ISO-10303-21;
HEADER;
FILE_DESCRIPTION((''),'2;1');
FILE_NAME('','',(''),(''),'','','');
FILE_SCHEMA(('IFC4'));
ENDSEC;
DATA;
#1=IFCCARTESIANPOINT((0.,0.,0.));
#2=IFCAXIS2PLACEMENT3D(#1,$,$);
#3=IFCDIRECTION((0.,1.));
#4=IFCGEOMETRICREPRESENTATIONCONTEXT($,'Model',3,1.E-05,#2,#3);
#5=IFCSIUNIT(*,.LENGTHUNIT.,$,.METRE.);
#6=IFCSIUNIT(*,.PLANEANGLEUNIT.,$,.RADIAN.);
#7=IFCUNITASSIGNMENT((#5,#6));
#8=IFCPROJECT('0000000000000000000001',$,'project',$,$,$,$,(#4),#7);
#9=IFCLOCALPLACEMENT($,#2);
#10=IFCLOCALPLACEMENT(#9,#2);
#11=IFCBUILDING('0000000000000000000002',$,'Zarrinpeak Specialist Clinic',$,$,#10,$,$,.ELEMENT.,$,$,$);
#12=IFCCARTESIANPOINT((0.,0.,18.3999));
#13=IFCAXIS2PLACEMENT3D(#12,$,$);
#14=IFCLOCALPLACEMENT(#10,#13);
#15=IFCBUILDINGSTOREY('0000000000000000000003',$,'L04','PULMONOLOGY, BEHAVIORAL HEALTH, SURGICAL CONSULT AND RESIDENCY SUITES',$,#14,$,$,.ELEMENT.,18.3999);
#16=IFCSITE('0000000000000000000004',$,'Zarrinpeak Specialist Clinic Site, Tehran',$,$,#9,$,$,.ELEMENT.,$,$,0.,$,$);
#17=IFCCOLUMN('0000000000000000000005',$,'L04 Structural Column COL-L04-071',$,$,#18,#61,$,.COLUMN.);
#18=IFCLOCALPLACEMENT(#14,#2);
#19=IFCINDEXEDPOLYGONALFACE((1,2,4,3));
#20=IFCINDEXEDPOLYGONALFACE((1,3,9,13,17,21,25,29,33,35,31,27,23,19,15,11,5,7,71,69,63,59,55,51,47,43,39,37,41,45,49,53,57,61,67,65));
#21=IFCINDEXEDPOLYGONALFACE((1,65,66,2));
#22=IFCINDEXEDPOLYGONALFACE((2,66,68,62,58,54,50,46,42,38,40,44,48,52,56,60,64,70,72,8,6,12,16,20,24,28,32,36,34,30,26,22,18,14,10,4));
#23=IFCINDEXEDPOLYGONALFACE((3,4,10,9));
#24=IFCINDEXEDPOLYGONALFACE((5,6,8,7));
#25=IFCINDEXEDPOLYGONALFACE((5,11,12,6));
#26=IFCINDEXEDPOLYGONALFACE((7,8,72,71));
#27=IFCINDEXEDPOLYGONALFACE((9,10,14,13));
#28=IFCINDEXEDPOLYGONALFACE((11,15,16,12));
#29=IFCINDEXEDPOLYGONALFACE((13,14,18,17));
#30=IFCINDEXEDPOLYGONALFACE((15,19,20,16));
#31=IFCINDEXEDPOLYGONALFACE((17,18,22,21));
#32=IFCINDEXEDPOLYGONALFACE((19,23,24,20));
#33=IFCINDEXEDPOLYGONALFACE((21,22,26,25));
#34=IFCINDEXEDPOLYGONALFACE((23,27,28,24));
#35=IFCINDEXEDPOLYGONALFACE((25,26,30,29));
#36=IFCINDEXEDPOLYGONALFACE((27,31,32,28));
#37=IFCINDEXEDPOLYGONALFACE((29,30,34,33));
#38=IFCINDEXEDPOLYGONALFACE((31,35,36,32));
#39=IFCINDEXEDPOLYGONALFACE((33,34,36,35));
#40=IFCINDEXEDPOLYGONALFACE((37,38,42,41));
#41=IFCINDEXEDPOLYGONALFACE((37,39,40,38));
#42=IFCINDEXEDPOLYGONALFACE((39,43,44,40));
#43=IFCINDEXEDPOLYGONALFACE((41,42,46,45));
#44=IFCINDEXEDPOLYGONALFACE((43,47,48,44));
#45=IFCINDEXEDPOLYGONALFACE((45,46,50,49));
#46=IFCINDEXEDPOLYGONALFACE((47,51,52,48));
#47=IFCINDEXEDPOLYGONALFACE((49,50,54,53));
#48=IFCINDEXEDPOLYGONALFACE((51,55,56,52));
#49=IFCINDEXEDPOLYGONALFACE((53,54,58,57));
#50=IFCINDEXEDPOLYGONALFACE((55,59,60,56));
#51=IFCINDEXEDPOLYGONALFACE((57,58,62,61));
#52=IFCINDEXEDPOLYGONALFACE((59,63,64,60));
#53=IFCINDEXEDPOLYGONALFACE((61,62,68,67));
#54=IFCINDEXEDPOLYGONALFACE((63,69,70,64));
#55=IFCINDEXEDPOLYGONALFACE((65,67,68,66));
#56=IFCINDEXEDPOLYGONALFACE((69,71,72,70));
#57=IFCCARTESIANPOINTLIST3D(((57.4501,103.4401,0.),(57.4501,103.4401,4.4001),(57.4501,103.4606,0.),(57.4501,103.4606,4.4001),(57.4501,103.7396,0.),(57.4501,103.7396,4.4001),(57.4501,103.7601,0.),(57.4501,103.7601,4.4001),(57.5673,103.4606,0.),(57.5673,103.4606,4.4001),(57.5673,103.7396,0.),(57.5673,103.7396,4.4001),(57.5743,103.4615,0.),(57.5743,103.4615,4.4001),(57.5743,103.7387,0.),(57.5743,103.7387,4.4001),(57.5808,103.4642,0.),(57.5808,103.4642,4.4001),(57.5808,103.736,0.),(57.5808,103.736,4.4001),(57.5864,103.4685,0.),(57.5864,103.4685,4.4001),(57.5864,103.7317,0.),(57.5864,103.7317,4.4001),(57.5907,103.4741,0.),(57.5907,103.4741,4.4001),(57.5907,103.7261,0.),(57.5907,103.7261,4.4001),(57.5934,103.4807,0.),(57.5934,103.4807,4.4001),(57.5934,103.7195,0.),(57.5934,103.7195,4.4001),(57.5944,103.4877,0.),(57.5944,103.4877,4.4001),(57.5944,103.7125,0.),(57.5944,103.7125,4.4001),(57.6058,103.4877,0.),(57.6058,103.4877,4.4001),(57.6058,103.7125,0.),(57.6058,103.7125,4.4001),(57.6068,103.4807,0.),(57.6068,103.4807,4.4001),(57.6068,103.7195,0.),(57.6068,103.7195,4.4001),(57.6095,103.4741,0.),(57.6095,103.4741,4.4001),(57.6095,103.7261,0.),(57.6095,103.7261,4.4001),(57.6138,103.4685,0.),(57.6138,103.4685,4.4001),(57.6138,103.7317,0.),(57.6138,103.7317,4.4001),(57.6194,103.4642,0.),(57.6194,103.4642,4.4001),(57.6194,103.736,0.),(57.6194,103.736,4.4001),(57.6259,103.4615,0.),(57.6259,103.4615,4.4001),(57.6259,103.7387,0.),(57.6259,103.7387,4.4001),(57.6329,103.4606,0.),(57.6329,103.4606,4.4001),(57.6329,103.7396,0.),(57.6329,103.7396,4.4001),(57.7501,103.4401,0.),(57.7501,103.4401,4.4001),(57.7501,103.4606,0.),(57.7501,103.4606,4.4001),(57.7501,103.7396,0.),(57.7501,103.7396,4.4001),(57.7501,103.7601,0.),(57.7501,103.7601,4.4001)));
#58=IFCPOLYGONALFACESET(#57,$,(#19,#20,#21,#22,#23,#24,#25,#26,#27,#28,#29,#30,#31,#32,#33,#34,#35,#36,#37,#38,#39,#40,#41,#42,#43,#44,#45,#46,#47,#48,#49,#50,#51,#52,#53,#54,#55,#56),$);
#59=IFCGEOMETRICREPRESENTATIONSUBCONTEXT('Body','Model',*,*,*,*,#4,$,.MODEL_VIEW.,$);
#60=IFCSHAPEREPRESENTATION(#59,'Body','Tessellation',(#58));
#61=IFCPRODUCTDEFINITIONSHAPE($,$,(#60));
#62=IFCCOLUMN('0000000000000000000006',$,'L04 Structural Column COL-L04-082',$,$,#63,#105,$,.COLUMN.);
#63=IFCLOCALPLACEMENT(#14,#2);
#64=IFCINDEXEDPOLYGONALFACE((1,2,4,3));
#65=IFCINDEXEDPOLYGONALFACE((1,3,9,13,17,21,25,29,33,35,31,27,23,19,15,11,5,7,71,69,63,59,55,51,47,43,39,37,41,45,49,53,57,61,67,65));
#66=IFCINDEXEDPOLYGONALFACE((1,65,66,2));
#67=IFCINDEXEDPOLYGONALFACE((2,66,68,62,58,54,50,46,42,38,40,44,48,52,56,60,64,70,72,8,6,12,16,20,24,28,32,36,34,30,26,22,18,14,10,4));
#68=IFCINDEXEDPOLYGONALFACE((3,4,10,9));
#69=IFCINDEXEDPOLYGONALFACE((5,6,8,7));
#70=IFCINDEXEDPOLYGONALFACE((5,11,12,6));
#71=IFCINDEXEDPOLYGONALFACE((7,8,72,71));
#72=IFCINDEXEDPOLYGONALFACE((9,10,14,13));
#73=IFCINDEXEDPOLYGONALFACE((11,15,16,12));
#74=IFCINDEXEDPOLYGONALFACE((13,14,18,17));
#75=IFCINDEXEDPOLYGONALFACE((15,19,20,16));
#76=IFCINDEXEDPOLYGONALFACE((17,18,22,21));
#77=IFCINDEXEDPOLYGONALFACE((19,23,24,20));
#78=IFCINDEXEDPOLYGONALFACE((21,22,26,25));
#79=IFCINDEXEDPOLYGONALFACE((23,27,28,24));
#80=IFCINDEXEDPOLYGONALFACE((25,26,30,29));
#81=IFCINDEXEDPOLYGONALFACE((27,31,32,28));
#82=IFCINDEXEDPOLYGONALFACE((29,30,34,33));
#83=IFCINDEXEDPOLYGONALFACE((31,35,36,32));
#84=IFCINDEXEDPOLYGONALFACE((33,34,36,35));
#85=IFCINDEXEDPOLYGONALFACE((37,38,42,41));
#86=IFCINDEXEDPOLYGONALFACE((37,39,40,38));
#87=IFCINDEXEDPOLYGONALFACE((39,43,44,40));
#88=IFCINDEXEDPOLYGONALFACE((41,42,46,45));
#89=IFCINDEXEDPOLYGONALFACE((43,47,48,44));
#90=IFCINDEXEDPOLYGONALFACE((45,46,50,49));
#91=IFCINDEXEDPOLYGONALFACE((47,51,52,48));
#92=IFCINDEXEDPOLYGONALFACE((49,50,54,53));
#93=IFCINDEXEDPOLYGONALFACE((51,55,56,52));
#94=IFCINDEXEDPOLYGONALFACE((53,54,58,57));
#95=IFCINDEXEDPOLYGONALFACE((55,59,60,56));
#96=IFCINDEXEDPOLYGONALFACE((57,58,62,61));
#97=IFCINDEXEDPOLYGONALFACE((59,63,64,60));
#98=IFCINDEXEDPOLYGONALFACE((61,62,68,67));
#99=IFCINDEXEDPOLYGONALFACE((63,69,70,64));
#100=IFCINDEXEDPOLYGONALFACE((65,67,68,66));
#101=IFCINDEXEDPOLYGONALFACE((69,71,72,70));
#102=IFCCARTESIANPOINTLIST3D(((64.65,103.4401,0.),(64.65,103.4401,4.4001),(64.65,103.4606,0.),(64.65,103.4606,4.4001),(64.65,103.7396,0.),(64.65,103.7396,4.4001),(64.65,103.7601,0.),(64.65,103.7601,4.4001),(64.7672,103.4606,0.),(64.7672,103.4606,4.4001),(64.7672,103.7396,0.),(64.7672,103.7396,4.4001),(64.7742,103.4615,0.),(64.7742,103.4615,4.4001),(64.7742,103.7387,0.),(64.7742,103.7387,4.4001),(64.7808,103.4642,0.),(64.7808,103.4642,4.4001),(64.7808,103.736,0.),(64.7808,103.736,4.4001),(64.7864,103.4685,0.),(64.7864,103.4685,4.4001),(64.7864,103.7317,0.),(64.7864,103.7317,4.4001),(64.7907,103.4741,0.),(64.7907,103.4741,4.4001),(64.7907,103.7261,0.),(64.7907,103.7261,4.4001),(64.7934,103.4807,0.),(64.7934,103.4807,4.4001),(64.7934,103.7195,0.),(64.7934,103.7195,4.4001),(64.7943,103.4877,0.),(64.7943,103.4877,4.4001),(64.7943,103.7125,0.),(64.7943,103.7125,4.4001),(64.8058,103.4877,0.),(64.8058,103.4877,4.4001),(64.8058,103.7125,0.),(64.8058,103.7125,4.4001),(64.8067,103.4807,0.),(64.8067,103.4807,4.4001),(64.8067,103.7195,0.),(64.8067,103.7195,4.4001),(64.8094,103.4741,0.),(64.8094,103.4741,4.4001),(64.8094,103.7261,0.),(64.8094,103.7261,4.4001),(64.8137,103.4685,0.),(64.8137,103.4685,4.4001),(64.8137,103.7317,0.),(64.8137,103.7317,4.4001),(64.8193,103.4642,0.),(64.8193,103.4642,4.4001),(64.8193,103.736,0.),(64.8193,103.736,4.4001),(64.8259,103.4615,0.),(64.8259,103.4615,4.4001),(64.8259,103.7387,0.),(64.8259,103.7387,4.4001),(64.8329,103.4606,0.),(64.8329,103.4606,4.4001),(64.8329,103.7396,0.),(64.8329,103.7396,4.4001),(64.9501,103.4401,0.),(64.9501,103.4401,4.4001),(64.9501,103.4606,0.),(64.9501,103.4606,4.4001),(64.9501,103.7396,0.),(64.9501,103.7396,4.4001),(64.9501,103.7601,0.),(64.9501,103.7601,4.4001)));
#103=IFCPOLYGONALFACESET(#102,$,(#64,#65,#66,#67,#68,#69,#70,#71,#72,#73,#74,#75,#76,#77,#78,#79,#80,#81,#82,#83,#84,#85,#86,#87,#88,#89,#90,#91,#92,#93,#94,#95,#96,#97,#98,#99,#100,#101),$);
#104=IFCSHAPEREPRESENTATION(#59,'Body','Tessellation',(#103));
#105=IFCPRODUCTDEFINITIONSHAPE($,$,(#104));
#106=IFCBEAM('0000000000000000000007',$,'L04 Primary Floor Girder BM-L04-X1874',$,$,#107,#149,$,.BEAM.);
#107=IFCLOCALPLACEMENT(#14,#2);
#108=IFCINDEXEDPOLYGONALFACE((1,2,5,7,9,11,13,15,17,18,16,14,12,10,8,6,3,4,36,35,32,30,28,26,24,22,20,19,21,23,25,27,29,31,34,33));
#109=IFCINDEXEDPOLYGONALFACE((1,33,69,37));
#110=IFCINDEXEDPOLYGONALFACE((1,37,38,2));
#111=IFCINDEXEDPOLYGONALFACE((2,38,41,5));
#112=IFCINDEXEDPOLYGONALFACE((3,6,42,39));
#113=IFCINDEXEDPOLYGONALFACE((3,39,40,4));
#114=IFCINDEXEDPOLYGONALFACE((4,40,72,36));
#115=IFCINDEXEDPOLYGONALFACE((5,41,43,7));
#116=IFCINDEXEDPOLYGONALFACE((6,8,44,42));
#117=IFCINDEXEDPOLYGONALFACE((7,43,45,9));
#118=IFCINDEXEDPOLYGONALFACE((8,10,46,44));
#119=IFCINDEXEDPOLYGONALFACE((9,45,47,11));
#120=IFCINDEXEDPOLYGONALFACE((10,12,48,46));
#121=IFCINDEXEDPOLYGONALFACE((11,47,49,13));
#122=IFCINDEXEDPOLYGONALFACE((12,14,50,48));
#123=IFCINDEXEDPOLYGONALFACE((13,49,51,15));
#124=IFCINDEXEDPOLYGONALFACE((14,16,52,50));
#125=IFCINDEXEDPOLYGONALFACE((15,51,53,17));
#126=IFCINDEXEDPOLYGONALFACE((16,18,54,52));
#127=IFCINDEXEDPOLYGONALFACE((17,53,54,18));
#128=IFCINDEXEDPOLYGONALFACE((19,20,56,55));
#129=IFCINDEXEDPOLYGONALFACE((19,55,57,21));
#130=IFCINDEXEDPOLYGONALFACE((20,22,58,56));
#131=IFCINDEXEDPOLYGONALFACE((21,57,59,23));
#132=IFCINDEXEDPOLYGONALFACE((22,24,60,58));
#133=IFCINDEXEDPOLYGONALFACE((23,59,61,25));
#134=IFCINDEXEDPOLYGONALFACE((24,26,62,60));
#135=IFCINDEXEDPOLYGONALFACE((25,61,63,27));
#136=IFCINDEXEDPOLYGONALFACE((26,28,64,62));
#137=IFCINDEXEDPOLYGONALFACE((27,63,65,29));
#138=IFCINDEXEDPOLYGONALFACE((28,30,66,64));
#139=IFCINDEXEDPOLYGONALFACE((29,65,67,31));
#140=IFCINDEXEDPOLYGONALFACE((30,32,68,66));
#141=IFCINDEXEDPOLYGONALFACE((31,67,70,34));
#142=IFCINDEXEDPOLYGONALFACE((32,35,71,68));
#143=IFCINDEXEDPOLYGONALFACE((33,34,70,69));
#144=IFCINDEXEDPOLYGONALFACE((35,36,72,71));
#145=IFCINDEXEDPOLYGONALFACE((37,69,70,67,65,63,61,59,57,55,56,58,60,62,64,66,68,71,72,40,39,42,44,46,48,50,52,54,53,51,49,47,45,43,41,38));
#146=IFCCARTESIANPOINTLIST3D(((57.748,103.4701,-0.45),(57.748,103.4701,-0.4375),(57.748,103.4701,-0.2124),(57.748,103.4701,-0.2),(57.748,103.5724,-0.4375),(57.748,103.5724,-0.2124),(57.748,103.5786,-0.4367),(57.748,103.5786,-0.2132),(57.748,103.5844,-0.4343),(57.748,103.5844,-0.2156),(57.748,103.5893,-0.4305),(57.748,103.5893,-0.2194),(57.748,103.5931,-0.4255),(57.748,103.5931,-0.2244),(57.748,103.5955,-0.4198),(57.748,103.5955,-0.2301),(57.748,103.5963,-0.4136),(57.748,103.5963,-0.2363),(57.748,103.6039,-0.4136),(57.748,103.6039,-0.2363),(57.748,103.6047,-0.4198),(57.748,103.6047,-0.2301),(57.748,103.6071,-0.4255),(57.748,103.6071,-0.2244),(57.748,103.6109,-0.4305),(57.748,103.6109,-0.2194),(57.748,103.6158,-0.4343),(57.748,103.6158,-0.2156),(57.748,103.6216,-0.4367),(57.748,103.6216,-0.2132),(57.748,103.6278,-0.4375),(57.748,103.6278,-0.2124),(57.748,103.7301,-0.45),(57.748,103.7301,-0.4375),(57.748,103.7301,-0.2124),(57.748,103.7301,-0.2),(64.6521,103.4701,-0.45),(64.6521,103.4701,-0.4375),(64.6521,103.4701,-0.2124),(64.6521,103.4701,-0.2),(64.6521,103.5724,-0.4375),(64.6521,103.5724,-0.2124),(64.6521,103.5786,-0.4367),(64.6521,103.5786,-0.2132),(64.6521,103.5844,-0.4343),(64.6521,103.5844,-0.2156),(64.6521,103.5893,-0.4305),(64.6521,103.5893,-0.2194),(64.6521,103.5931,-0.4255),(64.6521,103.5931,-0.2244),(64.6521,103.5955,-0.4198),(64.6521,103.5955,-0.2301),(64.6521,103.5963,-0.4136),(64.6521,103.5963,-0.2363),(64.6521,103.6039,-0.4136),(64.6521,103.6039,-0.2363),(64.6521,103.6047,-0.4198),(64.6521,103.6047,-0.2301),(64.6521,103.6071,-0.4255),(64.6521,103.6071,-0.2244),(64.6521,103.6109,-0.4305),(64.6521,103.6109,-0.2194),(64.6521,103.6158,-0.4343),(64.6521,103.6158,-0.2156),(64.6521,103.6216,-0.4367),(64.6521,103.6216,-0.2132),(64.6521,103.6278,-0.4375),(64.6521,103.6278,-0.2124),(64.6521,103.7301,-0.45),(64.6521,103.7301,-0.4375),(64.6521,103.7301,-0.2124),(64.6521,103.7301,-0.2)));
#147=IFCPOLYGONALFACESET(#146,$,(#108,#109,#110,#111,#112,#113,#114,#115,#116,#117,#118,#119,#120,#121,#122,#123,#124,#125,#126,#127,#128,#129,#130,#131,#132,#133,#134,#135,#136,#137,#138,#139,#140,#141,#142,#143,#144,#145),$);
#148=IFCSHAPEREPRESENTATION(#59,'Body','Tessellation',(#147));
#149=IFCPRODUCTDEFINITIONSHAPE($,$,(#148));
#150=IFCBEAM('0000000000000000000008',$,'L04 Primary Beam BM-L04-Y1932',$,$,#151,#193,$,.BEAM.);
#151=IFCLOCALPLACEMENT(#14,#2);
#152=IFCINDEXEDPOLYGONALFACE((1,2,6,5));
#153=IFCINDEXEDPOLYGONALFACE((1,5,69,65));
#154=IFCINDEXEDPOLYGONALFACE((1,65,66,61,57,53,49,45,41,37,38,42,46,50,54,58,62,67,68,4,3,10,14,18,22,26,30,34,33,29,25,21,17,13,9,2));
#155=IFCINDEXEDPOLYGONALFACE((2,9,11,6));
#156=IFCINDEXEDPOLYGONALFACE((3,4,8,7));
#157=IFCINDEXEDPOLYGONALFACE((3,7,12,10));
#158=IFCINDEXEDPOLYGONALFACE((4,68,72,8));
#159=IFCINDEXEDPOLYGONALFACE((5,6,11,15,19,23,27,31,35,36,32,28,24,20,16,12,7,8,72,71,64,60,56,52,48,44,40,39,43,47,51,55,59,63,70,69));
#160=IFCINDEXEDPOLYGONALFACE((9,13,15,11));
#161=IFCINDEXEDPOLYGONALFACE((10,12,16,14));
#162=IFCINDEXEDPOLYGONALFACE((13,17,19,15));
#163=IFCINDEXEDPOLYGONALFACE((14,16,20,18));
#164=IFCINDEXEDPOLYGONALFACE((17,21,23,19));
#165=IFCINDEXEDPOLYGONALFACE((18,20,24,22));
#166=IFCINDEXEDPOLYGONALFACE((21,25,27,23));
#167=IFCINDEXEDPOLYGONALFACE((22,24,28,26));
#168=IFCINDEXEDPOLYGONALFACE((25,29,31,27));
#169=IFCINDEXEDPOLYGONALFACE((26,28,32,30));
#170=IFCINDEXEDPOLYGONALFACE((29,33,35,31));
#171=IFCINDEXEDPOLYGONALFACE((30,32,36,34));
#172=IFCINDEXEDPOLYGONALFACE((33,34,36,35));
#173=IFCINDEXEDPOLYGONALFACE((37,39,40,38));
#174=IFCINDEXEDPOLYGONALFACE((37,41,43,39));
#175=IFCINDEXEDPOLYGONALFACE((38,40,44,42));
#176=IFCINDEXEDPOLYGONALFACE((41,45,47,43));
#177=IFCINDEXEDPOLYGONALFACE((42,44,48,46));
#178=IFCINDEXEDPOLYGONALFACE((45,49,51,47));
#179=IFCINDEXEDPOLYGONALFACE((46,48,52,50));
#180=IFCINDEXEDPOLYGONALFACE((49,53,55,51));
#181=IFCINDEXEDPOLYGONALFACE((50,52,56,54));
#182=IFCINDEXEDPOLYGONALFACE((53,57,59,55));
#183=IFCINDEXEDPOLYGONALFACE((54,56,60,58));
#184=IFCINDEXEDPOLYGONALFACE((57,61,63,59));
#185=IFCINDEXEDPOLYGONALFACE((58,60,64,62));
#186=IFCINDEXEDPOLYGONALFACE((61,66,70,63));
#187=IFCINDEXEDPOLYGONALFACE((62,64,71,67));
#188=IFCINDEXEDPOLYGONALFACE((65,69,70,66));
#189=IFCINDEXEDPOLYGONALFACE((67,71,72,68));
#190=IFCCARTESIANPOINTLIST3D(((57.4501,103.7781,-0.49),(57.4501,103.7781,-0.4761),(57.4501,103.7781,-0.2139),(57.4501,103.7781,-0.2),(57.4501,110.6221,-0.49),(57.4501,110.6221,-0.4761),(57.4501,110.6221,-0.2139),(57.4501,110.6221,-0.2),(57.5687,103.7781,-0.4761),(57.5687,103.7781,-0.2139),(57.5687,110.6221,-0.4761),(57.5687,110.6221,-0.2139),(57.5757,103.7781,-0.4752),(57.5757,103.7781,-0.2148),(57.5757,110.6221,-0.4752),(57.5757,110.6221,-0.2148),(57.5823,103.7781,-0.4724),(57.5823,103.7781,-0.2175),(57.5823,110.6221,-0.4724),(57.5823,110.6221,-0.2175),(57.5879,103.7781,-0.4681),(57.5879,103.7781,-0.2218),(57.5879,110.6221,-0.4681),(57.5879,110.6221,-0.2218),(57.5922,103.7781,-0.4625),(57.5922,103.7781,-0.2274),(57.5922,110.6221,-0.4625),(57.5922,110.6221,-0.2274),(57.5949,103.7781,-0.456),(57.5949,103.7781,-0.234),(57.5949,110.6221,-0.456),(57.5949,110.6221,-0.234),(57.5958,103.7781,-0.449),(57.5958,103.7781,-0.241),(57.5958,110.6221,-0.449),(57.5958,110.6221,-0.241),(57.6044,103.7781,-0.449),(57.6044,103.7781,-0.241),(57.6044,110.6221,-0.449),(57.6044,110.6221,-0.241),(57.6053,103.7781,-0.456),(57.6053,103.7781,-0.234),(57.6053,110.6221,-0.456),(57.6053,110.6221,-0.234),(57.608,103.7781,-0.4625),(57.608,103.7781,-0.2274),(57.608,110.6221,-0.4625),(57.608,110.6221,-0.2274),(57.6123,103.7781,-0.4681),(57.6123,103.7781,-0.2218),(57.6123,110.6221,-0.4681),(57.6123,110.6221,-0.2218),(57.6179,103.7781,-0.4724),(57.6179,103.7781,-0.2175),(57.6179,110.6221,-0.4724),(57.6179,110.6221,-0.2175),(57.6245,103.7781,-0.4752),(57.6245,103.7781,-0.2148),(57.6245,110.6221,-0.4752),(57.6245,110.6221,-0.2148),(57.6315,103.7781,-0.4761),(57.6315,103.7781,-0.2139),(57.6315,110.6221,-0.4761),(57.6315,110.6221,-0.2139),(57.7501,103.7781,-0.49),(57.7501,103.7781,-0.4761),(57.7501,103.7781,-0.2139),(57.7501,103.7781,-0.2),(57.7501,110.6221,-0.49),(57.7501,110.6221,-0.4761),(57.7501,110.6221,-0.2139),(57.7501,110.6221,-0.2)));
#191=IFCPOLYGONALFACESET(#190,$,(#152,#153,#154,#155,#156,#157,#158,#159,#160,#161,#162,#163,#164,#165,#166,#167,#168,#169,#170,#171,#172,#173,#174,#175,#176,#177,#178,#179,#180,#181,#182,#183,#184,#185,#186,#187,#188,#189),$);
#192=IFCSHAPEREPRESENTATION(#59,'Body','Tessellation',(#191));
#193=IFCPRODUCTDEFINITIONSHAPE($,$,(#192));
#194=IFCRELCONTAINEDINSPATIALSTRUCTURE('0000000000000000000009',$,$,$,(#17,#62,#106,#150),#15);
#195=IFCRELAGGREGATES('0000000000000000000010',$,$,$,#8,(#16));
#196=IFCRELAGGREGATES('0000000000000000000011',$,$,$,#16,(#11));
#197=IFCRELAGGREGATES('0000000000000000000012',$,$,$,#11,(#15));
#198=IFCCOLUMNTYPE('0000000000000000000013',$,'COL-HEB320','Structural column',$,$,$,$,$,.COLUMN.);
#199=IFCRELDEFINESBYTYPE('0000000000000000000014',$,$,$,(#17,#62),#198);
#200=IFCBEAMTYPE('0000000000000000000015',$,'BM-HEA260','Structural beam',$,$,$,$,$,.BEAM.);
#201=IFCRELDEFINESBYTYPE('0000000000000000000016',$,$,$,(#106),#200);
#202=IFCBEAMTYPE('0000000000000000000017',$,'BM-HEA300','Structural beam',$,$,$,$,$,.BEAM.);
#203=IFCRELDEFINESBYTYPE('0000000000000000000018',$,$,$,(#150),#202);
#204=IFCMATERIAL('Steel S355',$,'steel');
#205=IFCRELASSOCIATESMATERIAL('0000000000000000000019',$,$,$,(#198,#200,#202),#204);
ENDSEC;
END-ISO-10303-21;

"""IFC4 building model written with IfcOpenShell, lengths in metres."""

from ifc_helpers import new_model, si_unit, direction, frame, origin, origin_2d, place, context, subcontext, project, spatial, i_section, extrude, material, material_profile, profile_set, type_object, element, save


model = new_model("IFC4")

# Units and contexts
model_context = context("Model", 3, precision=1e-05, world=origin(), true_north=direction((0.0, 1.0)))
body_context = subcontext(model_context, "Body", "Model", "MODEL_VIEW")
ifc_project = project(units=[si_unit("LENGTHUNIT", "METRE"), si_unit("PLANEANGLEUNIT", "RADIAN")], contexts=[model_context])

# Site, building, storey
site_placement = place(None, origin())
site = spatial("IfcSite", under=ifc_project, at=site_placement, Name="Zarrinpeak Specialist Clinic Site, Tehran", CompositionType="ELEMENT", RefElevation=0.0)
building_placement = place(site_placement, origin())
building = spatial("IfcBuilding", under=site, at=building_placement, Name="Zarrinpeak Specialist Clinic", CompositionType="ELEMENT")
storey_placement = place(building_placement, frame((0.0, 0.0, 18.3999)))
storey = spatial("IfcBuildingStorey", under=building, at=storey_placement, Name="L04", Description="PULMONOLOGY, BEHAVIORAL HEALTH, SURGICAL CONSULT AND RESIDENCY SUITES", CompositionType="ELEMENT", Elevation=18.3999)

# Columns
ifc_material_1 = material(Name="Steel S355", Category="steel")
ifc_material_profile_1 = material_profile(ifc_material_1, i_section(OverallWidth=0.3, OverallDepth=0.3201, WebThickness=0.0115, FlangeThickness=0.0205, FilletRadius=0.0271, at=origin_2d()), Name="HEB 320")
ifc_profile_set_1 = profile_set([ifc_material_profile_1], Name="Steel S355")
column_type = type_object("IfcColumnType", Name="COL-HEB320", Description="Structural column", PredefinedType="COLUMN", material=ifc_profile_set_1)
for number, where, z_axis, x_axis, name in (
    (1, (57.6001, 103.6001, 0.0), (0.0, 0.0, 1.0), (1.0, 0.0, 0.0), "L04 Structural Column COL-L04-071"),
    (2, (64.8, 103.6001, 0.0), (0.0, 0.0, 1.0), (1.0, 0.0, 0.0), "L04 Structural Column COL-L04-082"),
):
    element("IfcColumn", number, at=place(storey_placement, frame(where, z_axis=z_axis, x_axis=x_axis)), inside=storey, type_object=column_type, Name=name, PredefinedType="COLUMN", context=body_context, shape_type="SweptSolid", body=[
        extrude(i_section(OverallWidth=0.3, OverallDepth=0.3201, WebThickness=0.0115, FlangeThickness=0.0205, FilletRadius=0.0271, at=origin_2d()), origin(), (0.0, 0.0, 1.0), 4.4001),
    ])

# Beams
ifc_material_profile_2 = material_profile(ifc_material_1, i_section(OverallWidth=0.26, OverallDepth=0.25, WebThickness=0.0076, FlangeThickness=0.0125, FilletRadius=0.0239, at=origin_2d()), Name="HEA 260")
ifc_profile_set_2 = profile_set([ifc_material_profile_2], Name="Steel S355")
beam_type_1 = type_object("IfcBeamType", Name="BM-HEA260", Description="Structural beam", PredefinedType="BEAM", material=ifc_profile_set_2)
beam_1_placement = place(storey_placement, frame((57.748, 103.6001, -0.325), z_axis=(1.0, 0.0, 0.0), x_axis=(0.0, 1.0, 0.0)))
element("IfcBeam", 3, at=beam_1_placement, inside=storey, type_object=beam_type_1, Name="L04 Primary Floor Girder BM-L04-X1874", PredefinedType="BEAM", context=body_context, shape_type="SweptSolid", body=[
    extrude(i_section(OverallWidth=0.26, OverallDepth=0.25, WebThickness=0.0076, FlangeThickness=0.0125, FilletRadius=0.0239, at=origin_2d()), origin(), (0.0, 0.0, 1.0), 6.9041),
])
ifc_material_profile_3 = material_profile(ifc_material_1, i_section(OverallWidth=0.3, OverallDepth=0.29, WebThickness=0.0085, FlangeThickness=0.0139, FilletRadius=0.0271, at=origin_2d()), Name="HEA 300")
ifc_profile_set_3 = profile_set([ifc_material_profile_3], Name="Steel S355")
beam_type_2 = type_object("IfcBeamType", Name="BM-HEA300", Description="Structural beam", PredefinedType="BEAM", material=ifc_profile_set_3)
beam_2_placement = place(storey_placement, frame((57.6001, 103.7781, -0.345), z_axis=(0.0, 1.0, 0.0), x_axis=(-1.0, 0.0, 0.0)))
element("IfcBeam", 4, at=beam_2_placement, inside=storey, type_object=beam_type_2, Name="L04 Primary Beam BM-L04-Y1932", PredefinedType="BEAM", context=body_context, shape_type="SweptSolid", body=[
    extrude(i_section(OverallWidth=0.3, OverallDepth=0.29, WebThickness=0.0085, FlangeThickness=0.0139, FilletRadius=0.0271, at=origin_2d()), origin(), (0.0, 0.0, 1.0), 6.844),
])

save(model, "model.ifc")
